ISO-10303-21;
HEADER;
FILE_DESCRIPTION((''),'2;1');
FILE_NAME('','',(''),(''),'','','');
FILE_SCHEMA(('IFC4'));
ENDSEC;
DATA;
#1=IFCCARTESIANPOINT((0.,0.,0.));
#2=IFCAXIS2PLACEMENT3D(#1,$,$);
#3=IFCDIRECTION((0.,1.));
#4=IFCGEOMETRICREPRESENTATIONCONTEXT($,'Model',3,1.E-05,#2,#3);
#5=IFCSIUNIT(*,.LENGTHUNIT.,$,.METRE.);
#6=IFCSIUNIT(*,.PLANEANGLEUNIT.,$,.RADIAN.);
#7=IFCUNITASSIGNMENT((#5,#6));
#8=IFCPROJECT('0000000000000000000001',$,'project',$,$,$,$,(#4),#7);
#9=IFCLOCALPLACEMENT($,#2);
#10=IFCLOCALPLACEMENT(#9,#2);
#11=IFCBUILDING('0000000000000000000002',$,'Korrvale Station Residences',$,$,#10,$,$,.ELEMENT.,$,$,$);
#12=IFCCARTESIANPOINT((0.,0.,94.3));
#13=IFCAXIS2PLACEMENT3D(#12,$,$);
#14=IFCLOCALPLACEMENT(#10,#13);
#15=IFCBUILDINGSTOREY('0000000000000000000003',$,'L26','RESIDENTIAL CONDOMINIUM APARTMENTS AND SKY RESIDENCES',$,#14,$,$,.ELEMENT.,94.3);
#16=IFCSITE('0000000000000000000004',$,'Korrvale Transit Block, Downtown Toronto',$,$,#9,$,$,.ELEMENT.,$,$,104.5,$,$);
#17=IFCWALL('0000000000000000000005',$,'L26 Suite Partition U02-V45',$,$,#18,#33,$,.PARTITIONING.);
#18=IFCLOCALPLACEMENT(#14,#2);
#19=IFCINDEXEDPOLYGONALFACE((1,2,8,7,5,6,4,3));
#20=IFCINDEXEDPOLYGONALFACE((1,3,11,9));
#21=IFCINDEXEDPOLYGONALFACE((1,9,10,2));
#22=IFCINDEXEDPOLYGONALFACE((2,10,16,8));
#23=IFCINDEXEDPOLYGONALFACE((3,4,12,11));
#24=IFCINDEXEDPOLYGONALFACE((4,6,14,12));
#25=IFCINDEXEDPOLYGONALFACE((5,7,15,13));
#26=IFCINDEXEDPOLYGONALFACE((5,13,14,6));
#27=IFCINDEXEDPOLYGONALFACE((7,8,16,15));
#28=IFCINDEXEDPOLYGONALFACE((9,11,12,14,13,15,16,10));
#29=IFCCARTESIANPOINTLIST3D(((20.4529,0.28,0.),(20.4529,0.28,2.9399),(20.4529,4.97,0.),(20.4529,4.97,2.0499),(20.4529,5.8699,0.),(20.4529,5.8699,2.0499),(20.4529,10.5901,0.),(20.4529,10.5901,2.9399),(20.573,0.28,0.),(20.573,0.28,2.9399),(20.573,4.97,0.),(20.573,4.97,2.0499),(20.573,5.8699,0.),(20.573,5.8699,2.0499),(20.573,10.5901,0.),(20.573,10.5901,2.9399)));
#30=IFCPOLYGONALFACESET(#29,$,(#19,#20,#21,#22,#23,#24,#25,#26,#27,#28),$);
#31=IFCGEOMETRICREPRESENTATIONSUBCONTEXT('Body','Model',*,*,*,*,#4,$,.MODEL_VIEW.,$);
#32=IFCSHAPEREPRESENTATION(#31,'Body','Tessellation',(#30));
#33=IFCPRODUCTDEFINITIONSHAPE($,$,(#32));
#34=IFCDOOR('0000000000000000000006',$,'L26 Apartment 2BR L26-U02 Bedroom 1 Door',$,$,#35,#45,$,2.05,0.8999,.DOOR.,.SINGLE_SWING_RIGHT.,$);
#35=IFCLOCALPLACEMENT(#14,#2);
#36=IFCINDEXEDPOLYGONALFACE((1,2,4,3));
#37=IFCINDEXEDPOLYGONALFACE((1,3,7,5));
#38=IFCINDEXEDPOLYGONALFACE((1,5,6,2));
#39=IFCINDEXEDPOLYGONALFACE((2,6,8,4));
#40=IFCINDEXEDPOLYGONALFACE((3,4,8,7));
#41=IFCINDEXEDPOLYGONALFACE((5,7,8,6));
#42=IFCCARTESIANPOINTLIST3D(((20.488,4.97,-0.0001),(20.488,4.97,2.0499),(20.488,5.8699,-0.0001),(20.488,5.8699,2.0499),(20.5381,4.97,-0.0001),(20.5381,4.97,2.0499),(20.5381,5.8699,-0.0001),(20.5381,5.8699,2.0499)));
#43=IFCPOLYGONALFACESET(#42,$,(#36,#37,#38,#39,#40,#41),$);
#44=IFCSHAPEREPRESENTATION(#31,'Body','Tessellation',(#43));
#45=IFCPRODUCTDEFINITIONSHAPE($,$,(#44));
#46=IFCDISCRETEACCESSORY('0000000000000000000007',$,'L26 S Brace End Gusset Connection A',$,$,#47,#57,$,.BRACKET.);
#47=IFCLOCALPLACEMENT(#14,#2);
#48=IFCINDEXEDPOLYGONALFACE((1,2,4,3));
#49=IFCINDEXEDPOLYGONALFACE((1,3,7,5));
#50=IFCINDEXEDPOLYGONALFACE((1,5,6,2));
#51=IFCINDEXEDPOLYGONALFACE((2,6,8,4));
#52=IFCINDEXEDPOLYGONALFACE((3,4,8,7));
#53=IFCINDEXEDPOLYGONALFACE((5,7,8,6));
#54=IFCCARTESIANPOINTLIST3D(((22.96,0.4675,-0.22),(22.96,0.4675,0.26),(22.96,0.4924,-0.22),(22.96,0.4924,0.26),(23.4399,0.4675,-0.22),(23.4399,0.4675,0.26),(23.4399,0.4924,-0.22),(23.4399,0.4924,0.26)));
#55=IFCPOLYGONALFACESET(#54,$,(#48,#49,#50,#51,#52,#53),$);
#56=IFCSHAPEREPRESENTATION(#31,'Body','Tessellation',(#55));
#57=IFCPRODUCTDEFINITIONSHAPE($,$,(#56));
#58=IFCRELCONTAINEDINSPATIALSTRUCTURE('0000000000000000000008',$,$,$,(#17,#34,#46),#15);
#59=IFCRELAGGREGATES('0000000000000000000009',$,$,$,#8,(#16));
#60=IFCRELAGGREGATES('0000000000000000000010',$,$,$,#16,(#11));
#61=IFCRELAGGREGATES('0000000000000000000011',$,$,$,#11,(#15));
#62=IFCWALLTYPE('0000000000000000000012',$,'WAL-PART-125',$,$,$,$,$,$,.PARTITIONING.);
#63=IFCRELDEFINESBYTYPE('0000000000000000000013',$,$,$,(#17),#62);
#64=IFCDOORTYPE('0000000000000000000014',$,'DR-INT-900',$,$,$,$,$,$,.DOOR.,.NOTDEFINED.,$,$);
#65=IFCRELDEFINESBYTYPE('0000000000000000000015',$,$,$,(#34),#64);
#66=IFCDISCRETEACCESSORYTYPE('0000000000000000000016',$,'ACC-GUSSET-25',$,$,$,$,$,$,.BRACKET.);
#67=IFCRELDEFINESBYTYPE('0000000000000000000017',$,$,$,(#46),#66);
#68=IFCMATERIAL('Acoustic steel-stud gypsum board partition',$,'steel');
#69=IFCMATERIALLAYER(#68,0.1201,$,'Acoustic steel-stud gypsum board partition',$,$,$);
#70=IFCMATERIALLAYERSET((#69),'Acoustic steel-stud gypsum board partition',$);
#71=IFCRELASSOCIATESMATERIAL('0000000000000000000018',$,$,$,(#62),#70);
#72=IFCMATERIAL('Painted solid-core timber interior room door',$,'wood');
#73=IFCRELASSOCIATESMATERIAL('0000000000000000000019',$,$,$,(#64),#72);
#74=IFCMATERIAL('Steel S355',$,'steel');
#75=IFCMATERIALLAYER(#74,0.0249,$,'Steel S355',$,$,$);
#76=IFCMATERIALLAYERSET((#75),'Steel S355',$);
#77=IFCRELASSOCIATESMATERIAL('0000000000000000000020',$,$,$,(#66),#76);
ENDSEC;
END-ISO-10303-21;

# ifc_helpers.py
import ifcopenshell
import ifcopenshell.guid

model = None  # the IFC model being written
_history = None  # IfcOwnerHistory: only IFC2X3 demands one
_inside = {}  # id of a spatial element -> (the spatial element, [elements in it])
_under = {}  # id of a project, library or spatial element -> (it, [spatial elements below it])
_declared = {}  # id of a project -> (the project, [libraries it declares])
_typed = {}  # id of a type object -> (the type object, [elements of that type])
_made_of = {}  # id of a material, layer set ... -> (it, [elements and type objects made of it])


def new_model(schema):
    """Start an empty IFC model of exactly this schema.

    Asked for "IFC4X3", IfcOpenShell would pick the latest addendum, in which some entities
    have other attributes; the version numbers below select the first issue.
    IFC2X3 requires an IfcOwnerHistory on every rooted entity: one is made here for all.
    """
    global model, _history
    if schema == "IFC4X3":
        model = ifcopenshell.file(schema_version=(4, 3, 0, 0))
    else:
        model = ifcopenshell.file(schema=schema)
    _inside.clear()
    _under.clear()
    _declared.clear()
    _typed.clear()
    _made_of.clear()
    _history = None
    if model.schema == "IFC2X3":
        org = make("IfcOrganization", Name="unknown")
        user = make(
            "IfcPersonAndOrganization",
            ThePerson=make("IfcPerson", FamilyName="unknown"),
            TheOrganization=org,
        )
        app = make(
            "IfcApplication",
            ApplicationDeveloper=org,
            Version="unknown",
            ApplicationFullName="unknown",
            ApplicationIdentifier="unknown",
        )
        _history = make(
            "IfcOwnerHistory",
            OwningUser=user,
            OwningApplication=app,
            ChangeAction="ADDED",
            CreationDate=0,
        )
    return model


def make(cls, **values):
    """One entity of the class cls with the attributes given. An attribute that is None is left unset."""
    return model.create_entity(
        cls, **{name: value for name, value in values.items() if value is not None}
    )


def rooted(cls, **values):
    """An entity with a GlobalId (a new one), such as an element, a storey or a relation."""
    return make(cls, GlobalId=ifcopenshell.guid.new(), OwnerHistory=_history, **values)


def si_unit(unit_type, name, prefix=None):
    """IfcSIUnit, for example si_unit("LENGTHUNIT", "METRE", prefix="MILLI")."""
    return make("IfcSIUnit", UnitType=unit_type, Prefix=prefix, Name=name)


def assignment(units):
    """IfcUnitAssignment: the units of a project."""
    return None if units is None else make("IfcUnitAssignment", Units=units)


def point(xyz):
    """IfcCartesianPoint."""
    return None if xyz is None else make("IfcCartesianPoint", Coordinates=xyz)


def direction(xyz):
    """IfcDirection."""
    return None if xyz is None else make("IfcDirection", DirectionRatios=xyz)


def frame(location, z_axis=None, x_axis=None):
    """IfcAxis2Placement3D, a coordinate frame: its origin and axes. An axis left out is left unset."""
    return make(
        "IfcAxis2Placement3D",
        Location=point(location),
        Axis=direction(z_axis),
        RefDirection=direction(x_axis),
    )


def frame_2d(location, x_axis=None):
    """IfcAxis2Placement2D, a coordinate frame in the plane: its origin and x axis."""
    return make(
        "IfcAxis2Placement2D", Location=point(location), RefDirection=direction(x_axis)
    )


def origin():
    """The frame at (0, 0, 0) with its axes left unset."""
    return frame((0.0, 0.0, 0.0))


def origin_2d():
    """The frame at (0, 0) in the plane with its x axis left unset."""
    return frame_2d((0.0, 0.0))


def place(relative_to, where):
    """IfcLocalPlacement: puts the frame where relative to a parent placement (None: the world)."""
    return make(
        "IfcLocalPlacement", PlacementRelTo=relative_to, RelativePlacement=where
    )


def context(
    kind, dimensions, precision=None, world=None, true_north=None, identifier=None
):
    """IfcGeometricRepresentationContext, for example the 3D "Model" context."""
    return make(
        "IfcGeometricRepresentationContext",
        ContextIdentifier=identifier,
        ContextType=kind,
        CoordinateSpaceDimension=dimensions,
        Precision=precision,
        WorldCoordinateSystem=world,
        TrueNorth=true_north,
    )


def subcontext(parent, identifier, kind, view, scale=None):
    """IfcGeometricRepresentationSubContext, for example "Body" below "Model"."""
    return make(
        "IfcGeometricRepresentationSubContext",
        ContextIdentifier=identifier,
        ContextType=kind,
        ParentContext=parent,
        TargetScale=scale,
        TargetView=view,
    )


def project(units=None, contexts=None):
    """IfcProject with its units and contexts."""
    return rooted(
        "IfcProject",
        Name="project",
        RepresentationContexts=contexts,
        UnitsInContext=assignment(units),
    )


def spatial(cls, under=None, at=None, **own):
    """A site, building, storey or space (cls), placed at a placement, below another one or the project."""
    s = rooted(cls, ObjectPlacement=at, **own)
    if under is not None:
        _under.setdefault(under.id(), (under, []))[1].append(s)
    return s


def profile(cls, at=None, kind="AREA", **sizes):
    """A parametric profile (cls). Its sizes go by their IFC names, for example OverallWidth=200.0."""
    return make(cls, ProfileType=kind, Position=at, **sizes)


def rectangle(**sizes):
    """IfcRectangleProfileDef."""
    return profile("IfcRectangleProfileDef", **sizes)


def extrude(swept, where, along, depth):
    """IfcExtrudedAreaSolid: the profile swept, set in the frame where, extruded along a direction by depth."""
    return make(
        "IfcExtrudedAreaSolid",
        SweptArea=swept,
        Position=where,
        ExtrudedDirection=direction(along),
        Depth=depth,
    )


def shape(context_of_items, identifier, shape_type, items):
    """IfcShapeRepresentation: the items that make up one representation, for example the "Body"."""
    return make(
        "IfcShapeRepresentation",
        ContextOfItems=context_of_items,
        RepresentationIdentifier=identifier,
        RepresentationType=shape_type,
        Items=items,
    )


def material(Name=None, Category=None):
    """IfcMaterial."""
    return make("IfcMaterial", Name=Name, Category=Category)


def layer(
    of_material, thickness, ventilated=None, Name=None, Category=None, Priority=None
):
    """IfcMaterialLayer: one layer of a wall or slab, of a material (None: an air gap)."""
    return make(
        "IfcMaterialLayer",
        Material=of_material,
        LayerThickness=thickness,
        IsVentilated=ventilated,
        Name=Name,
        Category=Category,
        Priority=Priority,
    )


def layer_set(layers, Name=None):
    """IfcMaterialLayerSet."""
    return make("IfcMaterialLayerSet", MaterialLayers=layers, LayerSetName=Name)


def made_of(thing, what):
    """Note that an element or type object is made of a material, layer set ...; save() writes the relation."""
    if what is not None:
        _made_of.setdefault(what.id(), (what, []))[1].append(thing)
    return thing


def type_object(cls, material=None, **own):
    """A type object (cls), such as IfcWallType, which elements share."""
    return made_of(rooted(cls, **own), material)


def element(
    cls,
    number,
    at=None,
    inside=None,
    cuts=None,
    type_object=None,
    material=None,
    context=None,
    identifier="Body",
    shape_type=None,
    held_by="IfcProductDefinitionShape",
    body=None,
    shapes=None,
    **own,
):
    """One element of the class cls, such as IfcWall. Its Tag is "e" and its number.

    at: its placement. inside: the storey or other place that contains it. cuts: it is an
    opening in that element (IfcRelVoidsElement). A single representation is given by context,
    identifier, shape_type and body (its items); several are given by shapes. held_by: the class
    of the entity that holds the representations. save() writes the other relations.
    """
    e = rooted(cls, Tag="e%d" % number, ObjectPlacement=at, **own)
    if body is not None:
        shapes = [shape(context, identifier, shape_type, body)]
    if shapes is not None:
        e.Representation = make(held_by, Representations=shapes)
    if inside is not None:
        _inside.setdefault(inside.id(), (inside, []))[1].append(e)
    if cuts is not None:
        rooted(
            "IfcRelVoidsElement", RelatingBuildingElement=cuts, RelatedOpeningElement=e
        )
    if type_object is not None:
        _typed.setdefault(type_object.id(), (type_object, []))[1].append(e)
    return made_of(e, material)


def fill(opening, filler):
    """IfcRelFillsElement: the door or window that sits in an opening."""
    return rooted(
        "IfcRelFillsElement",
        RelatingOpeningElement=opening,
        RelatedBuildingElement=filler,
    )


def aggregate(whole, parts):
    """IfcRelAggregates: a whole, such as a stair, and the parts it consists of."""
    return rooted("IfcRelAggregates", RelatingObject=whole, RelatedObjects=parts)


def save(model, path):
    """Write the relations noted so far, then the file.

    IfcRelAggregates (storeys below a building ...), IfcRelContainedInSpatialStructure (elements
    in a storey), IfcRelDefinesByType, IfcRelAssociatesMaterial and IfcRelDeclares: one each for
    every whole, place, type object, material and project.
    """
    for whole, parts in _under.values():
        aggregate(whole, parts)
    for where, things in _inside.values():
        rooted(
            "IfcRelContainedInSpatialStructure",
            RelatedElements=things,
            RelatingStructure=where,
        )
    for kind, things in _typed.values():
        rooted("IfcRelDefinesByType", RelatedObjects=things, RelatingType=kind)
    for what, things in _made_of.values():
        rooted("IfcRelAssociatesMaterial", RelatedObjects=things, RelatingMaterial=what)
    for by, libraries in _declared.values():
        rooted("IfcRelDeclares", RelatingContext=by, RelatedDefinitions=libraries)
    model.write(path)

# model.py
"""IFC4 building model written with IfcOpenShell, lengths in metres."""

from ifc_helpers import new_model, si_unit, direction, frame, frame_2d, origin, origin_2d, place, context, subcontext, project, spatial, rectangle, extrude, material, layer, layer_set, type_object, element, fill, save


model = new_model("IFC4")

# Units and contexts
model_context = context("Model", 3, precision=1e-05, world=origin(), true_north=direction((0.0, 1.0)))
body_context = subcontext(model_context, "Body", "Model", "MODEL_VIEW")
ifc_project = project(units=[si_unit("LENGTHUNIT", "METRE"), si_unit("PLANEANGLEUNIT", "RADIAN")], contexts=[model_context])

# Site, building, storey
site_placement = place(None, origin())
site = spatial("IfcSite", under=ifc_project, at=site_placement, Name="Korrvale Transit Block, Downtown Toronto", CompositionType="ELEMENT", RefElevation=104.5)
building_placement = place(site_placement, origin())
building = spatial("IfcBuilding", under=site, at=building_placement, Name="Korrvale Station Residences", CompositionType="ELEMENT")
storey_placement = place(building_placement, frame((0.0, 0.0, 94.3)))
storey = spatial("IfcBuildingStorey", under=building, at=storey_placement, Name="L26", Description="RESIDENTIAL CONDOMINIUM APARTMENTS AND SKY RESIDENCES", CompositionType="ELEMENT", Elevation=94.3)

# Shared definitions
ifc_material_1 = material(Name="Steel S355", Category="steel")

# Shared definitions
ifc_material_2 = material(Name="Acoustic steel-stud gypsum board partition", Category="steel")
ifc_layer_1 = layer(ifc_material_2, 0.1201, Name="Acoustic steel-stud gypsum board partition")
ifc_layer_set_1 = layer_set([ifc_layer_1], Name="Acoustic steel-stud gypsum board partition")
wall_type_1 = type_object("IfcWallType", Name="WAL-PART-125", PredefinedType="PARTITIONING", material=ifc_layer_set_1)
ifc_material_3 = material(Name="Painted solid-core timber interior room door", Category="wood")
door_type_1 = type_object("IfcDoorType", Name="DR-INT-900", OperationType="NOTDEFINED", PredefinedType="DOOR", material=ifc_material_3)

# Wall, opening, door
wall_1_placement = place(storey_placement, frame((20.5129, 0.28, 0.0), z_axis=(0.0, 0.0, 1.0), x_axis=(0.0, 1.0, 0.0)))
wall_1 = element("IfcWall", 1, at=wall_1_placement, inside=storey, type_object=wall_type_1, Name="L26 Suite Partition U02-V45", PredefinedType="PARTITIONING", context=body_context, shape_type="SweptSolid", body=[
    extrude(rectangle(XDim=10.3101, YDim=0.1201, at=frame_2d((5.155, 0.0))), origin(), (0.0, 0.0, 1.0), 2.9399),
])
opening_1_placement = place(wall_1_placement, frame((4.6899, 0.0, 0.0)))
opening_1 = element("IfcOpeningElement", 2, at=opening_1_placement, cuts=wall_1, PredefinedType="OPENING", context=body_context, shape_type="SweptSolid", body=[
    extrude(rectangle(XDim=0.8999, YDim=2.05, at=frame_2d((0.45, 1.0249))), frame((0.0, 0.0701, 0.0), z_axis=(0.0, -1.0, 0.0), x_axis=(1.0, 0.0, 0.0)), (0.0, 0.0, 1.0), 0.1401),
])
door_1_placement = place(opening_1_placement, origin())
door_1 = element("IfcDoor", 3, at=door_1_placement, inside=storey, type_object=door_type_1, Name="L26 Apartment 2BR L26-U02 Bedroom 1 Door", OperationType="SINGLE_SWING_RIGHT", OverallHeight=2.05, OverallWidth=0.8999, PredefinedType="DOOR", context=body_context, shape_type="SweptSolid", body=[
    extrude(rectangle(XDim=0.8999, YDim=2.05, at=frame_2d((0.45, 1.0249))), frame((0.0, 0.0249, 0.0), z_axis=(0.0, -1.0, 0.0), x_axis=(1.0, 0.0, 0.0)), (0.0, 0.0, 1.0), 0.05),
])
fill(opening_1, door_1)

# Discrete accessory
ifc_layer_2 = layer(ifc_material_1, 0.0249, Name="Steel S355")
ifc_layer_set_2 = layer_set([ifc_layer_2], Name="Steel S355")
discrete_accessory_type = type_object("IfcDiscreteAccessoryType", Name="ACC-GUSSET-25", PredefinedType="BRACKET", material=ifc_layer_set_2)
discrete_accessory_placement = place(storey_placement, frame((23.2, 0.48, -0.22), z_axis=(0.0, 0.0, 1.0), x_axis=(1.0, 0.0, 0.0)))
element("IfcDiscreteAccessory", 4, at=discrete_accessory_placement, inside=storey, type_object=discrete_accessory_type, Name="L26 S Brace End Gusset Connection A", PredefinedType="BRACKET", context=body_context, shape_type="SweptSolid", body=[
    extrude(rectangle(XDim=0.48, YDim=0.0249, at=origin_2d()), origin(), (0.0, 0.0, 1.0), 0.48),
])

save(model, "model.ifc")
